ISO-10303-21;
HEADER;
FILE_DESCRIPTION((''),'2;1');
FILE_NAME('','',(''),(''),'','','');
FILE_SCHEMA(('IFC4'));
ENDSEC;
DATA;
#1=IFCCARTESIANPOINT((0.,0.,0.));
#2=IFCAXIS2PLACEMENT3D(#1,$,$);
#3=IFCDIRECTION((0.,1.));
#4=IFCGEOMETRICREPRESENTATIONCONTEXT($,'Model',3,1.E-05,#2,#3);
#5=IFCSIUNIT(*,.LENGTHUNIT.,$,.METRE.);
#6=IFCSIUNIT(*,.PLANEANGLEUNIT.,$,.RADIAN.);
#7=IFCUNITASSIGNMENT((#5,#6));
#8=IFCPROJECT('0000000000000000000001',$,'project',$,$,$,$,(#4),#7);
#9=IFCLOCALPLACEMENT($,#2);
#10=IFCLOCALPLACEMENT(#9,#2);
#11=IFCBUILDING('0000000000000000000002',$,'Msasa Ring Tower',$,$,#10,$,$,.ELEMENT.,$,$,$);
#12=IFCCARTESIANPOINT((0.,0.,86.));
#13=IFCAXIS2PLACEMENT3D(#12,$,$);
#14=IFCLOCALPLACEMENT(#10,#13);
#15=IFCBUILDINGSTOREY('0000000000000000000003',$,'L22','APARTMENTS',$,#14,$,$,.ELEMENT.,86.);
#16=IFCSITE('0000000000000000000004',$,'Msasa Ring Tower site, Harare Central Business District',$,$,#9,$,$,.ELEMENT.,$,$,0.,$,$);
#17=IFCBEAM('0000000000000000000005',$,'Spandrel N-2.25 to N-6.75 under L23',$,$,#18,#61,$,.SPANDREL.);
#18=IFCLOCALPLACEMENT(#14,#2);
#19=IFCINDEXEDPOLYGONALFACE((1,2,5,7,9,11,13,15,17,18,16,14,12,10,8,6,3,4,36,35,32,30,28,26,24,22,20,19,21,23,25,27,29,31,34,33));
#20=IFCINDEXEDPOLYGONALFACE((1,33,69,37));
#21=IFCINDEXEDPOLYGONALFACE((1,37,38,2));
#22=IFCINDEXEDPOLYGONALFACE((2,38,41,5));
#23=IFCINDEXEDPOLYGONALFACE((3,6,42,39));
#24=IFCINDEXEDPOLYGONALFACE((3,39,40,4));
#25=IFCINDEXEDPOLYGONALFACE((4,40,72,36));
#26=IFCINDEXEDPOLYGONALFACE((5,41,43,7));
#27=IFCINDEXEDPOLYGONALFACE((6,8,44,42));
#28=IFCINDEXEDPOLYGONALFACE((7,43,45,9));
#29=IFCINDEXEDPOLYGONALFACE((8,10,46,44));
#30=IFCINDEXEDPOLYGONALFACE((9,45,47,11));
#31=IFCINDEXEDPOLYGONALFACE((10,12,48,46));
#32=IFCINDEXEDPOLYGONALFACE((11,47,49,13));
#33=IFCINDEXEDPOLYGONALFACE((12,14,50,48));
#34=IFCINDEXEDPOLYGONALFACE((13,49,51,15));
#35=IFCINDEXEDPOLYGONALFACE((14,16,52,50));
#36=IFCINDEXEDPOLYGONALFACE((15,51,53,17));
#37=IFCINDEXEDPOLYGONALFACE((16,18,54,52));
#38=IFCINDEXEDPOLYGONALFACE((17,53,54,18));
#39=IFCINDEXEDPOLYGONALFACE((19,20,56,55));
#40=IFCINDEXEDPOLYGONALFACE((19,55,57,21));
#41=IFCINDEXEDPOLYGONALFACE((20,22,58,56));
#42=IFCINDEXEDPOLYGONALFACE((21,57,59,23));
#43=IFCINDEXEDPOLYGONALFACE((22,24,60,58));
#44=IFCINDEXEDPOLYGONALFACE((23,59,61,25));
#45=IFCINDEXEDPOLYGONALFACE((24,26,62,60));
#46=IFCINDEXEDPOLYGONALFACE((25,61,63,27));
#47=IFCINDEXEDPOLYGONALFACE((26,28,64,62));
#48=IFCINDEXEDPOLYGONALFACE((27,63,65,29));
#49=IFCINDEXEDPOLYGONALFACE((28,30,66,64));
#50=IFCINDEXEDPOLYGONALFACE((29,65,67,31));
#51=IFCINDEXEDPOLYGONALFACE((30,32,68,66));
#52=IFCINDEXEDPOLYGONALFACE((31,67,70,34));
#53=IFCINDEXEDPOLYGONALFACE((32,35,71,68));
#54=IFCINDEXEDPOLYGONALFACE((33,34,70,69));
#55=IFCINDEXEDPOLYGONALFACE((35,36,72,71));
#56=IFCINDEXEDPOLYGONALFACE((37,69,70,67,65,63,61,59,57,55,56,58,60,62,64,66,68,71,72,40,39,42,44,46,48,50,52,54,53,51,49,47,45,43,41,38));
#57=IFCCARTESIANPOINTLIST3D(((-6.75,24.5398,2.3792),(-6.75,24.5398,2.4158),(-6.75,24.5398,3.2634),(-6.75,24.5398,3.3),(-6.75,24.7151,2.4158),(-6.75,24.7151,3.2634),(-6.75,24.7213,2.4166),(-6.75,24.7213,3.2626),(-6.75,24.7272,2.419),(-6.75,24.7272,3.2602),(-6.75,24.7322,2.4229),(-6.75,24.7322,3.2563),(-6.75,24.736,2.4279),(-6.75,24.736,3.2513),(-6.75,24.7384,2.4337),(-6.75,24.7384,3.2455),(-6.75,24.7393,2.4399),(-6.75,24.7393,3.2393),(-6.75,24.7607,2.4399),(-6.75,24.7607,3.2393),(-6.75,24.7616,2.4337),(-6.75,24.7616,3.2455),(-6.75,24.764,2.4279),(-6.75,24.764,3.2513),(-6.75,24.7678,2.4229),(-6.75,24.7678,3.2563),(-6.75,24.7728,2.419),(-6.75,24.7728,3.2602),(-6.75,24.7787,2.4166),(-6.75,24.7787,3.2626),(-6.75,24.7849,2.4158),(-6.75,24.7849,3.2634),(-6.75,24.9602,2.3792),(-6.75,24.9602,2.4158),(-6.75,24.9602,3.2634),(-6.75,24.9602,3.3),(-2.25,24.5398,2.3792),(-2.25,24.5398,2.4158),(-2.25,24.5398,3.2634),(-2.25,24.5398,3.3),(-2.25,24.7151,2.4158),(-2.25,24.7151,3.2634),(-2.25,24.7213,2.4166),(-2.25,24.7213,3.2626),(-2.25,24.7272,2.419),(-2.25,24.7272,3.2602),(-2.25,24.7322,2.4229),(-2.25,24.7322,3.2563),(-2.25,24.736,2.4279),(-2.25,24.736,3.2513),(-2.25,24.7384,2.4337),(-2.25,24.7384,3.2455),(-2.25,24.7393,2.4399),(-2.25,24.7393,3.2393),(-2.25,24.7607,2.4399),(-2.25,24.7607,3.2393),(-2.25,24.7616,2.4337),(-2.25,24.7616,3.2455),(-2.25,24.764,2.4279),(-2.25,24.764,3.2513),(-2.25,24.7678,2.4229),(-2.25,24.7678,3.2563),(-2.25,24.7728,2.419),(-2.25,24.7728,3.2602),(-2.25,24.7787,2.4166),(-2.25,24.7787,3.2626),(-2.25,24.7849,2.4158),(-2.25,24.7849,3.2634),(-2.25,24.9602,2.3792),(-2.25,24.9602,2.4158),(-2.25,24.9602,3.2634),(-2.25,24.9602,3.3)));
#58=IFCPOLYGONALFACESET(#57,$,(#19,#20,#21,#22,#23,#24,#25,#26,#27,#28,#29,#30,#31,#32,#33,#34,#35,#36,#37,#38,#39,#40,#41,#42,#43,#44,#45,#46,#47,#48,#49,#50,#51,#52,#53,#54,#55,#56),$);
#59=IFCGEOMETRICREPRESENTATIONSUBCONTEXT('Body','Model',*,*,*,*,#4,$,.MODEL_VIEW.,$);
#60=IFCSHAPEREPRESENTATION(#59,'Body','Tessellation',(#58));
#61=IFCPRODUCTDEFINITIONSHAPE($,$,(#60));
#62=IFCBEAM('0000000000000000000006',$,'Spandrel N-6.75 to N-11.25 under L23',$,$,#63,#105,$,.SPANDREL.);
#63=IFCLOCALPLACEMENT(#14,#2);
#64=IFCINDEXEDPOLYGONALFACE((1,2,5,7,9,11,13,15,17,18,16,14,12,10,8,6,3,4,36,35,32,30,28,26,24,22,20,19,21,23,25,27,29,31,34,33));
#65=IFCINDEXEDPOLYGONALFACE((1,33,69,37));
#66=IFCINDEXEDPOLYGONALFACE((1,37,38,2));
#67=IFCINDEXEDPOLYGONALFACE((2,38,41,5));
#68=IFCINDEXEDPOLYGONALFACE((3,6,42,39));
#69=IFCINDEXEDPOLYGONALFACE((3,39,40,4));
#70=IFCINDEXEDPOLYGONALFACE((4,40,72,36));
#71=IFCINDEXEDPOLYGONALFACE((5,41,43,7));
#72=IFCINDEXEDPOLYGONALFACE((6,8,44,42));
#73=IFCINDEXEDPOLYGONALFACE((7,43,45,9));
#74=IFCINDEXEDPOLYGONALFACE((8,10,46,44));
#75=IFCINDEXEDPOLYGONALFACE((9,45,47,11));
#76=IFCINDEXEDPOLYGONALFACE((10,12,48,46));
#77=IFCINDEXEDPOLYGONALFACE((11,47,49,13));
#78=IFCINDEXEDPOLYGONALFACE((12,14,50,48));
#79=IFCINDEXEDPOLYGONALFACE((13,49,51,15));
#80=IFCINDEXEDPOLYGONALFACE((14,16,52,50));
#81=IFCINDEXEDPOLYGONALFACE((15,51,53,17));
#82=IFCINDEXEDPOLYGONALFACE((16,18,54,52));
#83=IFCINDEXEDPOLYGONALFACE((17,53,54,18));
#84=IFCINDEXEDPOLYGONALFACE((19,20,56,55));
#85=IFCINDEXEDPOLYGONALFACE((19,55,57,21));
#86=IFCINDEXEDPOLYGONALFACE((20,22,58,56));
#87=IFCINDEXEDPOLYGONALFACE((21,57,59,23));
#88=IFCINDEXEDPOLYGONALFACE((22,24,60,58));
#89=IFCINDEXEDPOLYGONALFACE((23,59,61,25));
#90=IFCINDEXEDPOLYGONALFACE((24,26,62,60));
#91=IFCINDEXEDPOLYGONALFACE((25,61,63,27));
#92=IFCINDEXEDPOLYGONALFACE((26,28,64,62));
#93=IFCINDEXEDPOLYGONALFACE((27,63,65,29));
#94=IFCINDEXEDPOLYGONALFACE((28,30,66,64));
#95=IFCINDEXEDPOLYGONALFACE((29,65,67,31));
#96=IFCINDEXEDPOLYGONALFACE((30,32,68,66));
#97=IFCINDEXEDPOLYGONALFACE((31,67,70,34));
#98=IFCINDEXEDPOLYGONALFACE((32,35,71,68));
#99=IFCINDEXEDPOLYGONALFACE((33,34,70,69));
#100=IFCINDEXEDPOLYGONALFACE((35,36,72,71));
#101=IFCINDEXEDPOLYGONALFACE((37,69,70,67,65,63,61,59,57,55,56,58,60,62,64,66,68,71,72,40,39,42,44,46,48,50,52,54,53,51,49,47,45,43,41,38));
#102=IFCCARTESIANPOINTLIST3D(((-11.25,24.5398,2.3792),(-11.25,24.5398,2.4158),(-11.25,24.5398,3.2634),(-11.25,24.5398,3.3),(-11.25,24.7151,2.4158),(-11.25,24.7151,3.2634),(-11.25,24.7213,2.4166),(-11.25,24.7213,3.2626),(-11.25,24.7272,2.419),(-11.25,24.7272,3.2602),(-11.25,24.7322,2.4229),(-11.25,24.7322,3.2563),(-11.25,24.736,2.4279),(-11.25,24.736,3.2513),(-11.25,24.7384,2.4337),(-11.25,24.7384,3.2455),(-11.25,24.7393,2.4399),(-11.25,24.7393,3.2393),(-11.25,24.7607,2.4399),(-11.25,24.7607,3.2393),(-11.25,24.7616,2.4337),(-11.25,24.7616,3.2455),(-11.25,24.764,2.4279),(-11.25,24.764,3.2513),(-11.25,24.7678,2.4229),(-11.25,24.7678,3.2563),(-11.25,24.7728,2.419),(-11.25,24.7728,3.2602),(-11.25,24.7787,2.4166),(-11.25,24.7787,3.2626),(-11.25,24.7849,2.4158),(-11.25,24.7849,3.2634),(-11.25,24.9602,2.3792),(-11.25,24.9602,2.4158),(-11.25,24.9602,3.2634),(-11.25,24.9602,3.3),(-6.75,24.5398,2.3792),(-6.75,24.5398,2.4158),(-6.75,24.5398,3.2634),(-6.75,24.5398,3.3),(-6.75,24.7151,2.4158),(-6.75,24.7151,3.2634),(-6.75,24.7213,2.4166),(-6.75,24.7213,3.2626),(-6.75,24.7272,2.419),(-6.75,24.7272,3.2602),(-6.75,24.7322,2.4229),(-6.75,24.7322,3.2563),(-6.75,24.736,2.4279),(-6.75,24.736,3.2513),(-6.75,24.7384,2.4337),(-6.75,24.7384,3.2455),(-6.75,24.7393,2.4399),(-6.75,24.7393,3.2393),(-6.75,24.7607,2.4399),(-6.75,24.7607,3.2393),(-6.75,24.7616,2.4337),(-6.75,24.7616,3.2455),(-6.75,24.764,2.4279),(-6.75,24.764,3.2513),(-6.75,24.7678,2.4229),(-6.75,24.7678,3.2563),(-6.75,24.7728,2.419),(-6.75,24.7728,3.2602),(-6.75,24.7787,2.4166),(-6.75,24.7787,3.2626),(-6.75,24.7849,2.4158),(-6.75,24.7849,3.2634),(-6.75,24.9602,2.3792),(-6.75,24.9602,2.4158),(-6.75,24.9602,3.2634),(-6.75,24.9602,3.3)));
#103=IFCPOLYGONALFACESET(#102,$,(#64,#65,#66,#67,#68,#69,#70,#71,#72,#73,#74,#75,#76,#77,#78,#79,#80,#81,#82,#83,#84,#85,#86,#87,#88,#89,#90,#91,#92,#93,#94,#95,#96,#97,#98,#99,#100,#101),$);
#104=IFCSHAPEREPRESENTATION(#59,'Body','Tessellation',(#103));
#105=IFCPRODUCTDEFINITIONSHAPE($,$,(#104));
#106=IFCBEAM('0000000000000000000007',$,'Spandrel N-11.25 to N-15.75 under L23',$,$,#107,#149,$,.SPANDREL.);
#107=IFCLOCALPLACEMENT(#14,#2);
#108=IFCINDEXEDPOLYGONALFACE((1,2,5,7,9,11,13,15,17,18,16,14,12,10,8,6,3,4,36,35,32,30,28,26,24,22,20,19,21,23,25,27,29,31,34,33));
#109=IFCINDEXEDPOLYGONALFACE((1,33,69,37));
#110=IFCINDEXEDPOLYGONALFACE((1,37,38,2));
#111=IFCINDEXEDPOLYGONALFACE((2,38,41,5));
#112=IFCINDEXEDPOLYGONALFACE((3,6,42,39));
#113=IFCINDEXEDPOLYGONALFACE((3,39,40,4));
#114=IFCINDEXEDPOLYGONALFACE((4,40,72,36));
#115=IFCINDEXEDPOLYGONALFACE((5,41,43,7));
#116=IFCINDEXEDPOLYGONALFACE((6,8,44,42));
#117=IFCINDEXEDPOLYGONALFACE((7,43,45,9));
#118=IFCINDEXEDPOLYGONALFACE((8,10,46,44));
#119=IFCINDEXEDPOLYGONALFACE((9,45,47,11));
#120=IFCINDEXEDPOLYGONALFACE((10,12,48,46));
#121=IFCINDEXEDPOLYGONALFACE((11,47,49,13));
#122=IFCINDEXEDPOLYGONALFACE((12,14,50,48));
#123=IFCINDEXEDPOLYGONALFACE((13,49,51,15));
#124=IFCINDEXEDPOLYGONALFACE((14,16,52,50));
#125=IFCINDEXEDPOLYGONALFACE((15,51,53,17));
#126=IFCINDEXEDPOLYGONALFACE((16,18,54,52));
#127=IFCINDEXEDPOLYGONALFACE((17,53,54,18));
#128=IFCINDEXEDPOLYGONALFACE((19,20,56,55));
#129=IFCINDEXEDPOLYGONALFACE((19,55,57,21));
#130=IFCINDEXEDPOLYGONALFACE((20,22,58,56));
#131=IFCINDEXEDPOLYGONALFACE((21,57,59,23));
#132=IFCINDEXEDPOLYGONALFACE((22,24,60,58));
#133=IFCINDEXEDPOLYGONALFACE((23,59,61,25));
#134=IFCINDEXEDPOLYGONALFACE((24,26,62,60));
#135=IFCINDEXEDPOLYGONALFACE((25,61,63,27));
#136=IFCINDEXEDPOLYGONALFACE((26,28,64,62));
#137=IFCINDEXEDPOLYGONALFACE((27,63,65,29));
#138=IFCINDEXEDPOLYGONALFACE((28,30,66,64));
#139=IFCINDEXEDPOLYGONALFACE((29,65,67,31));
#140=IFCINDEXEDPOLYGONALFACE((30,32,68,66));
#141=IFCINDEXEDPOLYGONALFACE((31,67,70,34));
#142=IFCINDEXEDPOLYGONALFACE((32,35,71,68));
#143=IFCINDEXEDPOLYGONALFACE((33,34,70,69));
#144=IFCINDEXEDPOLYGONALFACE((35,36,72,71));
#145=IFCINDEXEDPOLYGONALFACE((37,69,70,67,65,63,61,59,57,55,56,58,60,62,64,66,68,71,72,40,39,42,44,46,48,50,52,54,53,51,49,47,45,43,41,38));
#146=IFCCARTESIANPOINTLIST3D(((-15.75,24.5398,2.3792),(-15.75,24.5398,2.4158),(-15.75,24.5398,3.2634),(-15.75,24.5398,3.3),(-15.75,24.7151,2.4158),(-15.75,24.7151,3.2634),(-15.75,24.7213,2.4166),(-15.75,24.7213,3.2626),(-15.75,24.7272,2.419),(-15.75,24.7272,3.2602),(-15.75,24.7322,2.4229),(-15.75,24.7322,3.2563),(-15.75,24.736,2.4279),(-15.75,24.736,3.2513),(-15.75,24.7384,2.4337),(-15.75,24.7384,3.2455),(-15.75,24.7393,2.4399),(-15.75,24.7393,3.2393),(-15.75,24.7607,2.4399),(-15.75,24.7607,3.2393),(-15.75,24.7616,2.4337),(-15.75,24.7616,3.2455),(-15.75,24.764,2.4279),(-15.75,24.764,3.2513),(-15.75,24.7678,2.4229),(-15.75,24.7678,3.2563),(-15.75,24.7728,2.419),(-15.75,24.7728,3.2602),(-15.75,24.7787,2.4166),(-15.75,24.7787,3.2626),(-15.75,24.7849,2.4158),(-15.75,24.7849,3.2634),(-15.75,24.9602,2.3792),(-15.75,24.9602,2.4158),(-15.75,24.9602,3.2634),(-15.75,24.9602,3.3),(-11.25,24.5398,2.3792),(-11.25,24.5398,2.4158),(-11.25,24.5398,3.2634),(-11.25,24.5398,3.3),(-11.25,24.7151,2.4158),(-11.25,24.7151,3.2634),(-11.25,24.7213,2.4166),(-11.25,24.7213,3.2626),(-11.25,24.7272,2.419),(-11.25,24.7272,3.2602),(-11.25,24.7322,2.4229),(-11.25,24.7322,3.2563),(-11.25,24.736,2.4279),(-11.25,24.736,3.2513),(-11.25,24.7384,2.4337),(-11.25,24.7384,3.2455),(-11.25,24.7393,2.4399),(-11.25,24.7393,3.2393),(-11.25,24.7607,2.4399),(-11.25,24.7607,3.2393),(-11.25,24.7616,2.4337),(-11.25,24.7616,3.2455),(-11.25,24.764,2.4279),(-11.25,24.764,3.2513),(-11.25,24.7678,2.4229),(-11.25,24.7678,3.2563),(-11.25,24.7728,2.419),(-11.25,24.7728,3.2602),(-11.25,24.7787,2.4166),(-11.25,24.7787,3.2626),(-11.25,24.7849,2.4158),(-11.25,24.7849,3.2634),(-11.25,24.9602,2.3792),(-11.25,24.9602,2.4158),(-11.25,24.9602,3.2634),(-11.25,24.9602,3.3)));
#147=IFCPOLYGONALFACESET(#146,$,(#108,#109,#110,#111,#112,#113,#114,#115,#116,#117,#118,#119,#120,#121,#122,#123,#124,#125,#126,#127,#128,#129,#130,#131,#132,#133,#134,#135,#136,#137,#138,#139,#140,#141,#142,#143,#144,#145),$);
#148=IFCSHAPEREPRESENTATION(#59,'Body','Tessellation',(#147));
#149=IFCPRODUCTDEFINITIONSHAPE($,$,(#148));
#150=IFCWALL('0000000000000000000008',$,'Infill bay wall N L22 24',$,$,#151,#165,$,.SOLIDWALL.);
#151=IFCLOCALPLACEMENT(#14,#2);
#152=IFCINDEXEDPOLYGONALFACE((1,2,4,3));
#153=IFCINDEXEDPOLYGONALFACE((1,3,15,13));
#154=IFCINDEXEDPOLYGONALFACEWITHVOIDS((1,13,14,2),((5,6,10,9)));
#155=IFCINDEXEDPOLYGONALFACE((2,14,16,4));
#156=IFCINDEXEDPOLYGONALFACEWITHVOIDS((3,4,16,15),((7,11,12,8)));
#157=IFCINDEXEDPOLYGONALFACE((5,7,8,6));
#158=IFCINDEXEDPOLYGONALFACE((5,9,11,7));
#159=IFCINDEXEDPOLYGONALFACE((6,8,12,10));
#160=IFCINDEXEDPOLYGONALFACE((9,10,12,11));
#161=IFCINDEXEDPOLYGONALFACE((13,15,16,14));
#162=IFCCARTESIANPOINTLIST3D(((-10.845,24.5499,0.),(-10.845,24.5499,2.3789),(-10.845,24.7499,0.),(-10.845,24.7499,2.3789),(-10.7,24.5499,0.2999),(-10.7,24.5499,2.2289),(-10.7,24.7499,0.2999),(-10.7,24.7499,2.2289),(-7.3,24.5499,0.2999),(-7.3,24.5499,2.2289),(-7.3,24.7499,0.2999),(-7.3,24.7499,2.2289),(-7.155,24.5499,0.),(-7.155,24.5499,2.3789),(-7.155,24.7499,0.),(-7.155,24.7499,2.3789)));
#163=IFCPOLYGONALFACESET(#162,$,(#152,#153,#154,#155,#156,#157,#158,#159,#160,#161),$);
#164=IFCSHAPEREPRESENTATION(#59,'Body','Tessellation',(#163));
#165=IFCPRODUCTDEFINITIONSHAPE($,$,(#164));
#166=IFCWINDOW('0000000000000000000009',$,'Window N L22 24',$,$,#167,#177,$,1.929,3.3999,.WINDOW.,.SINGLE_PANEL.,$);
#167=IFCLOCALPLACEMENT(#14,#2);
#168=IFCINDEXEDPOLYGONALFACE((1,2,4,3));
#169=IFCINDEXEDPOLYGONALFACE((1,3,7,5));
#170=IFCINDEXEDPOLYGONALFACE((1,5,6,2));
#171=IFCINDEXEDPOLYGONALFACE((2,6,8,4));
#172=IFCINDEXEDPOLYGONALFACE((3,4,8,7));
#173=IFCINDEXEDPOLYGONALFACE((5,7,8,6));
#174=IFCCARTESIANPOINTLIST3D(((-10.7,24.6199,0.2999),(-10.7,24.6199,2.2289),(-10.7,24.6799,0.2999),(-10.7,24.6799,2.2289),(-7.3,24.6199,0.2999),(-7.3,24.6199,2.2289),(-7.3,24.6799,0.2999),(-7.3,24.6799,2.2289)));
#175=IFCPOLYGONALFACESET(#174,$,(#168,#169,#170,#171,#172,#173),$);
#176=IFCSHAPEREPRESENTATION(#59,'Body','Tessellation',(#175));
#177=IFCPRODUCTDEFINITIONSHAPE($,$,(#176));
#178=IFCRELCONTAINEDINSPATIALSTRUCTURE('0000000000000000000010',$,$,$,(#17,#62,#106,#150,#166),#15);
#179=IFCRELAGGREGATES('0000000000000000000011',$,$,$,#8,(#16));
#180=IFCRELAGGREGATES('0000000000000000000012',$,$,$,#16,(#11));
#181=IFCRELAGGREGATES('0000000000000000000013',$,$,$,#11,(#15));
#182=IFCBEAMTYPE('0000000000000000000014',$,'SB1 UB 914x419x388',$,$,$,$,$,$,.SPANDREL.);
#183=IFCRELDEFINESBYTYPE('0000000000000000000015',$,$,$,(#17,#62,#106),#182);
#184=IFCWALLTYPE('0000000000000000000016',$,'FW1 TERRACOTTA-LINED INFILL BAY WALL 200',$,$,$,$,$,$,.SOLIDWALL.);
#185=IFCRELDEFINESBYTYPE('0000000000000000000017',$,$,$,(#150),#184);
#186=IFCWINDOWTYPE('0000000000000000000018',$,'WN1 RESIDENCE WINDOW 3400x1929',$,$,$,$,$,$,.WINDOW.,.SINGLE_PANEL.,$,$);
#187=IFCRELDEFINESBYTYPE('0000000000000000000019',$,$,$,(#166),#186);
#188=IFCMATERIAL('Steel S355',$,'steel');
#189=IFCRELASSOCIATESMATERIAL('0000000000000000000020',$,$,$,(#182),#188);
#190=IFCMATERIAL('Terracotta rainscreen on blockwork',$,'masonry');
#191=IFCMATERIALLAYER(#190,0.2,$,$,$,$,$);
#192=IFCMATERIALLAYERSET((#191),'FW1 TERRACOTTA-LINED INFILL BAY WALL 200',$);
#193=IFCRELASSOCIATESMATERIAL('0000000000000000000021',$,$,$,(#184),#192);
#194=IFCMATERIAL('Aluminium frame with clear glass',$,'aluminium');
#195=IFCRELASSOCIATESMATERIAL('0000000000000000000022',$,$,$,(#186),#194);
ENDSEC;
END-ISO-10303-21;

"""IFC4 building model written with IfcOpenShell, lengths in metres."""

from ifc_helpers import new_model, si_unit, direction, frame, frame_2d, origin, origin_2d, place, context, subcontext, project, spatial, rectangle, i_section, extrude, material, layer, layer_set, material_profile, profile_set, type_object, element, fill, save


model = new_model("IFC4")

# Units and contexts
model_context = context("Model", 3, precision=1e-05, world=origin(), true_north=direction((0.0, 1.0)))
body_context = subcontext(model_context, "Body", "Model", "MODEL_VIEW")
ifc_project = project(units=[si_unit("LENGTHUNIT", "METRE"), si_unit("PLANEANGLEUNIT", "RADIAN")], contexts=[model_context])

# Site, building, storey
site_placement = place(None, origin())
site = spatial("IfcSite", under=ifc_project, at=site_placement, Name="Msasa Ring Tower site, Harare Central Business District", CompositionType="ELEMENT", RefElevation=0.0)
building_placement = place(site_placement, origin())
building = spatial("IfcBuilding", under=site, at=building_placement, Name="Msasa Ring Tower", CompositionType="ELEMENT")
storey_placement = place(building_placement, frame((0.0, 0.0, 86.0)))
storey = spatial("IfcBuildingStorey", under=building, at=storey_placement, Name="L22", Description="APARTMENTS", CompositionType="ELEMENT", Elevation=86.0)

# Beams
ifc_material_1 = material(Name="Steel S355", Category="steel")
ifc_material_profile_1 = material_profile(ifc_material_1, i_section(OverallWidth=0.4204, OverallDepth=0.9209, WebThickness=0.0215, FlangeThickness=0.0366, FilletRadius=0.0242, at=origin_2d()), Name="UB 914x419x388")
ifc_profile_set_1 = profile_set([ifc_material_profile_1], Name="Steel S355")
beam_type_1 = type_object("IfcBeamType", Name="SB1 UB 914x419x388", PredefinedType="SPANDREL", material=ifc_profile_set_1)
for number, where, z_axis, x_axis, name in (
    (1, (-2.25, 24.75, 2.8396), (-1.0, 0.0, 0.0), (0.0, -1.0, 0.0), "Spandrel N-2.25 to N-6.75 under L23"),
    (2, (-6.75, 24.75, 2.8396), (-1.0, 0.0, 0.0), (0.0, -1.0, 0.0), "Spandrel N-6.75 to N-11.25 under L23"),
    (3, (-11.25, 24.75, 2.8396), (-1.0, 0.0, 0.0), (0.0, -1.0, 0.0), "Spandrel N-11.25 to N-15.75 under L23"),
):
    element("IfcBeam", number, at=place(storey_placement, frame(where, z_axis=z_axis, x_axis=x_axis)), inside=storey, type_object=beam_type_1, Name=name, PredefinedType="SPANDREL", context=body_context, shape_type="SweptSolid", body=[
        extrude(i_section(OverallWidth=0.4204, OverallDepth=0.9209, WebThickness=0.0215, FlangeThickness=0.0366, FilletRadius=0.0242, at=origin_2d()), origin(), (0.0, 0.0, 1.0), 4.5),
    ])

# Wall, opening, window
ifc_material_2 = material(Name="Terracotta rainscreen on blockwork", Category="masonry")
ifc_layer_1 = layer(ifc_material_2, 0.2)
ifc_layer_set_1 = layer_set([ifc_layer_1], Name="FW1 TERRACOTTA-LINED INFILL BAY WALL 200")
wall_type_1 = type_object("IfcWallType", Name="FW1 TERRACOTTA-LINED INFILL BAY WALL 200", PredefinedType="SOLIDWALL", material=ifc_layer_set_1)
wall_1_placement = place(storey_placement, frame((-10.845, 24.6499, 0.0), z_axis=(0.0, 0.0, 1.0), x_axis=(1.0, 0.0, 0.0)))
wall_1 = element("IfcWall", 4, at=wall_1_placement, inside=storey, type_object=wall_type_1, Name="Infill bay wall N L22 24", PredefinedType="SOLIDWALL", context=body_context, shape_type="SweptSolid", body=[
    extrude(rectangle(XDim=3.6899, YDim=0.2, at=frame_2d((1.845, 0.0))), origin(), (0.0, 0.0, 1.0), 2.3789),
])
opening_1_placement = place(wall_1_placement, frame((0.145, 0.0, 0.3)))
opening_1 = element("IfcOpeningElement", 5, at=opening_1_placement, cuts=wall_1, PredefinedType="OPENING", context=body_context, shape_type="SweptSolid", body=[
    extrude(rectangle(XDim=3.3999, YDim=1.929, at=frame_2d((1.7, 0.9644))), frame((0.0, 0.1099, 0.0), z_axis=(0.0, -1.0, 0.0), x_axis=(1.0, 0.0, 0.0)), (0.0, 0.0, 1.0), 0.22),
])
ifc_material_3 = material(Name="Aluminium frame with clear glass", Category="aluminium")
window_type = type_object("IfcWindowType", Name="WN1 RESIDENCE WINDOW 3400x1929", PartitioningType="SINGLE_PANEL", PredefinedType="WINDOW", material=ifc_material_3)
window_1_placement = place(opening_1_placement, origin())
window_1 = element("IfcWindow", 6, at=window_1_placement, inside=storey, type_object=window_type, Name="Window N L22 24", OverallHeight=1.929, OverallWidth=3.3999, PartitioningType="SINGLE_PANEL", PredefinedType="WINDOW", context=body_context, shape_type="SweptSolid", body=[
    extrude(rectangle(XDim=3.3999, YDim=1.929, at=frame_2d((1.7, 0.9644))), frame((0.0, 0.03, 0.0), z_axis=(0.0, -1.0, 0.0), x_axis=(1.0, 0.0, 0.0)), (0.0, 0.0, 1.0), 0.0601),
])
fill(opening_1, window_1)

save(model, "model.ifc")
